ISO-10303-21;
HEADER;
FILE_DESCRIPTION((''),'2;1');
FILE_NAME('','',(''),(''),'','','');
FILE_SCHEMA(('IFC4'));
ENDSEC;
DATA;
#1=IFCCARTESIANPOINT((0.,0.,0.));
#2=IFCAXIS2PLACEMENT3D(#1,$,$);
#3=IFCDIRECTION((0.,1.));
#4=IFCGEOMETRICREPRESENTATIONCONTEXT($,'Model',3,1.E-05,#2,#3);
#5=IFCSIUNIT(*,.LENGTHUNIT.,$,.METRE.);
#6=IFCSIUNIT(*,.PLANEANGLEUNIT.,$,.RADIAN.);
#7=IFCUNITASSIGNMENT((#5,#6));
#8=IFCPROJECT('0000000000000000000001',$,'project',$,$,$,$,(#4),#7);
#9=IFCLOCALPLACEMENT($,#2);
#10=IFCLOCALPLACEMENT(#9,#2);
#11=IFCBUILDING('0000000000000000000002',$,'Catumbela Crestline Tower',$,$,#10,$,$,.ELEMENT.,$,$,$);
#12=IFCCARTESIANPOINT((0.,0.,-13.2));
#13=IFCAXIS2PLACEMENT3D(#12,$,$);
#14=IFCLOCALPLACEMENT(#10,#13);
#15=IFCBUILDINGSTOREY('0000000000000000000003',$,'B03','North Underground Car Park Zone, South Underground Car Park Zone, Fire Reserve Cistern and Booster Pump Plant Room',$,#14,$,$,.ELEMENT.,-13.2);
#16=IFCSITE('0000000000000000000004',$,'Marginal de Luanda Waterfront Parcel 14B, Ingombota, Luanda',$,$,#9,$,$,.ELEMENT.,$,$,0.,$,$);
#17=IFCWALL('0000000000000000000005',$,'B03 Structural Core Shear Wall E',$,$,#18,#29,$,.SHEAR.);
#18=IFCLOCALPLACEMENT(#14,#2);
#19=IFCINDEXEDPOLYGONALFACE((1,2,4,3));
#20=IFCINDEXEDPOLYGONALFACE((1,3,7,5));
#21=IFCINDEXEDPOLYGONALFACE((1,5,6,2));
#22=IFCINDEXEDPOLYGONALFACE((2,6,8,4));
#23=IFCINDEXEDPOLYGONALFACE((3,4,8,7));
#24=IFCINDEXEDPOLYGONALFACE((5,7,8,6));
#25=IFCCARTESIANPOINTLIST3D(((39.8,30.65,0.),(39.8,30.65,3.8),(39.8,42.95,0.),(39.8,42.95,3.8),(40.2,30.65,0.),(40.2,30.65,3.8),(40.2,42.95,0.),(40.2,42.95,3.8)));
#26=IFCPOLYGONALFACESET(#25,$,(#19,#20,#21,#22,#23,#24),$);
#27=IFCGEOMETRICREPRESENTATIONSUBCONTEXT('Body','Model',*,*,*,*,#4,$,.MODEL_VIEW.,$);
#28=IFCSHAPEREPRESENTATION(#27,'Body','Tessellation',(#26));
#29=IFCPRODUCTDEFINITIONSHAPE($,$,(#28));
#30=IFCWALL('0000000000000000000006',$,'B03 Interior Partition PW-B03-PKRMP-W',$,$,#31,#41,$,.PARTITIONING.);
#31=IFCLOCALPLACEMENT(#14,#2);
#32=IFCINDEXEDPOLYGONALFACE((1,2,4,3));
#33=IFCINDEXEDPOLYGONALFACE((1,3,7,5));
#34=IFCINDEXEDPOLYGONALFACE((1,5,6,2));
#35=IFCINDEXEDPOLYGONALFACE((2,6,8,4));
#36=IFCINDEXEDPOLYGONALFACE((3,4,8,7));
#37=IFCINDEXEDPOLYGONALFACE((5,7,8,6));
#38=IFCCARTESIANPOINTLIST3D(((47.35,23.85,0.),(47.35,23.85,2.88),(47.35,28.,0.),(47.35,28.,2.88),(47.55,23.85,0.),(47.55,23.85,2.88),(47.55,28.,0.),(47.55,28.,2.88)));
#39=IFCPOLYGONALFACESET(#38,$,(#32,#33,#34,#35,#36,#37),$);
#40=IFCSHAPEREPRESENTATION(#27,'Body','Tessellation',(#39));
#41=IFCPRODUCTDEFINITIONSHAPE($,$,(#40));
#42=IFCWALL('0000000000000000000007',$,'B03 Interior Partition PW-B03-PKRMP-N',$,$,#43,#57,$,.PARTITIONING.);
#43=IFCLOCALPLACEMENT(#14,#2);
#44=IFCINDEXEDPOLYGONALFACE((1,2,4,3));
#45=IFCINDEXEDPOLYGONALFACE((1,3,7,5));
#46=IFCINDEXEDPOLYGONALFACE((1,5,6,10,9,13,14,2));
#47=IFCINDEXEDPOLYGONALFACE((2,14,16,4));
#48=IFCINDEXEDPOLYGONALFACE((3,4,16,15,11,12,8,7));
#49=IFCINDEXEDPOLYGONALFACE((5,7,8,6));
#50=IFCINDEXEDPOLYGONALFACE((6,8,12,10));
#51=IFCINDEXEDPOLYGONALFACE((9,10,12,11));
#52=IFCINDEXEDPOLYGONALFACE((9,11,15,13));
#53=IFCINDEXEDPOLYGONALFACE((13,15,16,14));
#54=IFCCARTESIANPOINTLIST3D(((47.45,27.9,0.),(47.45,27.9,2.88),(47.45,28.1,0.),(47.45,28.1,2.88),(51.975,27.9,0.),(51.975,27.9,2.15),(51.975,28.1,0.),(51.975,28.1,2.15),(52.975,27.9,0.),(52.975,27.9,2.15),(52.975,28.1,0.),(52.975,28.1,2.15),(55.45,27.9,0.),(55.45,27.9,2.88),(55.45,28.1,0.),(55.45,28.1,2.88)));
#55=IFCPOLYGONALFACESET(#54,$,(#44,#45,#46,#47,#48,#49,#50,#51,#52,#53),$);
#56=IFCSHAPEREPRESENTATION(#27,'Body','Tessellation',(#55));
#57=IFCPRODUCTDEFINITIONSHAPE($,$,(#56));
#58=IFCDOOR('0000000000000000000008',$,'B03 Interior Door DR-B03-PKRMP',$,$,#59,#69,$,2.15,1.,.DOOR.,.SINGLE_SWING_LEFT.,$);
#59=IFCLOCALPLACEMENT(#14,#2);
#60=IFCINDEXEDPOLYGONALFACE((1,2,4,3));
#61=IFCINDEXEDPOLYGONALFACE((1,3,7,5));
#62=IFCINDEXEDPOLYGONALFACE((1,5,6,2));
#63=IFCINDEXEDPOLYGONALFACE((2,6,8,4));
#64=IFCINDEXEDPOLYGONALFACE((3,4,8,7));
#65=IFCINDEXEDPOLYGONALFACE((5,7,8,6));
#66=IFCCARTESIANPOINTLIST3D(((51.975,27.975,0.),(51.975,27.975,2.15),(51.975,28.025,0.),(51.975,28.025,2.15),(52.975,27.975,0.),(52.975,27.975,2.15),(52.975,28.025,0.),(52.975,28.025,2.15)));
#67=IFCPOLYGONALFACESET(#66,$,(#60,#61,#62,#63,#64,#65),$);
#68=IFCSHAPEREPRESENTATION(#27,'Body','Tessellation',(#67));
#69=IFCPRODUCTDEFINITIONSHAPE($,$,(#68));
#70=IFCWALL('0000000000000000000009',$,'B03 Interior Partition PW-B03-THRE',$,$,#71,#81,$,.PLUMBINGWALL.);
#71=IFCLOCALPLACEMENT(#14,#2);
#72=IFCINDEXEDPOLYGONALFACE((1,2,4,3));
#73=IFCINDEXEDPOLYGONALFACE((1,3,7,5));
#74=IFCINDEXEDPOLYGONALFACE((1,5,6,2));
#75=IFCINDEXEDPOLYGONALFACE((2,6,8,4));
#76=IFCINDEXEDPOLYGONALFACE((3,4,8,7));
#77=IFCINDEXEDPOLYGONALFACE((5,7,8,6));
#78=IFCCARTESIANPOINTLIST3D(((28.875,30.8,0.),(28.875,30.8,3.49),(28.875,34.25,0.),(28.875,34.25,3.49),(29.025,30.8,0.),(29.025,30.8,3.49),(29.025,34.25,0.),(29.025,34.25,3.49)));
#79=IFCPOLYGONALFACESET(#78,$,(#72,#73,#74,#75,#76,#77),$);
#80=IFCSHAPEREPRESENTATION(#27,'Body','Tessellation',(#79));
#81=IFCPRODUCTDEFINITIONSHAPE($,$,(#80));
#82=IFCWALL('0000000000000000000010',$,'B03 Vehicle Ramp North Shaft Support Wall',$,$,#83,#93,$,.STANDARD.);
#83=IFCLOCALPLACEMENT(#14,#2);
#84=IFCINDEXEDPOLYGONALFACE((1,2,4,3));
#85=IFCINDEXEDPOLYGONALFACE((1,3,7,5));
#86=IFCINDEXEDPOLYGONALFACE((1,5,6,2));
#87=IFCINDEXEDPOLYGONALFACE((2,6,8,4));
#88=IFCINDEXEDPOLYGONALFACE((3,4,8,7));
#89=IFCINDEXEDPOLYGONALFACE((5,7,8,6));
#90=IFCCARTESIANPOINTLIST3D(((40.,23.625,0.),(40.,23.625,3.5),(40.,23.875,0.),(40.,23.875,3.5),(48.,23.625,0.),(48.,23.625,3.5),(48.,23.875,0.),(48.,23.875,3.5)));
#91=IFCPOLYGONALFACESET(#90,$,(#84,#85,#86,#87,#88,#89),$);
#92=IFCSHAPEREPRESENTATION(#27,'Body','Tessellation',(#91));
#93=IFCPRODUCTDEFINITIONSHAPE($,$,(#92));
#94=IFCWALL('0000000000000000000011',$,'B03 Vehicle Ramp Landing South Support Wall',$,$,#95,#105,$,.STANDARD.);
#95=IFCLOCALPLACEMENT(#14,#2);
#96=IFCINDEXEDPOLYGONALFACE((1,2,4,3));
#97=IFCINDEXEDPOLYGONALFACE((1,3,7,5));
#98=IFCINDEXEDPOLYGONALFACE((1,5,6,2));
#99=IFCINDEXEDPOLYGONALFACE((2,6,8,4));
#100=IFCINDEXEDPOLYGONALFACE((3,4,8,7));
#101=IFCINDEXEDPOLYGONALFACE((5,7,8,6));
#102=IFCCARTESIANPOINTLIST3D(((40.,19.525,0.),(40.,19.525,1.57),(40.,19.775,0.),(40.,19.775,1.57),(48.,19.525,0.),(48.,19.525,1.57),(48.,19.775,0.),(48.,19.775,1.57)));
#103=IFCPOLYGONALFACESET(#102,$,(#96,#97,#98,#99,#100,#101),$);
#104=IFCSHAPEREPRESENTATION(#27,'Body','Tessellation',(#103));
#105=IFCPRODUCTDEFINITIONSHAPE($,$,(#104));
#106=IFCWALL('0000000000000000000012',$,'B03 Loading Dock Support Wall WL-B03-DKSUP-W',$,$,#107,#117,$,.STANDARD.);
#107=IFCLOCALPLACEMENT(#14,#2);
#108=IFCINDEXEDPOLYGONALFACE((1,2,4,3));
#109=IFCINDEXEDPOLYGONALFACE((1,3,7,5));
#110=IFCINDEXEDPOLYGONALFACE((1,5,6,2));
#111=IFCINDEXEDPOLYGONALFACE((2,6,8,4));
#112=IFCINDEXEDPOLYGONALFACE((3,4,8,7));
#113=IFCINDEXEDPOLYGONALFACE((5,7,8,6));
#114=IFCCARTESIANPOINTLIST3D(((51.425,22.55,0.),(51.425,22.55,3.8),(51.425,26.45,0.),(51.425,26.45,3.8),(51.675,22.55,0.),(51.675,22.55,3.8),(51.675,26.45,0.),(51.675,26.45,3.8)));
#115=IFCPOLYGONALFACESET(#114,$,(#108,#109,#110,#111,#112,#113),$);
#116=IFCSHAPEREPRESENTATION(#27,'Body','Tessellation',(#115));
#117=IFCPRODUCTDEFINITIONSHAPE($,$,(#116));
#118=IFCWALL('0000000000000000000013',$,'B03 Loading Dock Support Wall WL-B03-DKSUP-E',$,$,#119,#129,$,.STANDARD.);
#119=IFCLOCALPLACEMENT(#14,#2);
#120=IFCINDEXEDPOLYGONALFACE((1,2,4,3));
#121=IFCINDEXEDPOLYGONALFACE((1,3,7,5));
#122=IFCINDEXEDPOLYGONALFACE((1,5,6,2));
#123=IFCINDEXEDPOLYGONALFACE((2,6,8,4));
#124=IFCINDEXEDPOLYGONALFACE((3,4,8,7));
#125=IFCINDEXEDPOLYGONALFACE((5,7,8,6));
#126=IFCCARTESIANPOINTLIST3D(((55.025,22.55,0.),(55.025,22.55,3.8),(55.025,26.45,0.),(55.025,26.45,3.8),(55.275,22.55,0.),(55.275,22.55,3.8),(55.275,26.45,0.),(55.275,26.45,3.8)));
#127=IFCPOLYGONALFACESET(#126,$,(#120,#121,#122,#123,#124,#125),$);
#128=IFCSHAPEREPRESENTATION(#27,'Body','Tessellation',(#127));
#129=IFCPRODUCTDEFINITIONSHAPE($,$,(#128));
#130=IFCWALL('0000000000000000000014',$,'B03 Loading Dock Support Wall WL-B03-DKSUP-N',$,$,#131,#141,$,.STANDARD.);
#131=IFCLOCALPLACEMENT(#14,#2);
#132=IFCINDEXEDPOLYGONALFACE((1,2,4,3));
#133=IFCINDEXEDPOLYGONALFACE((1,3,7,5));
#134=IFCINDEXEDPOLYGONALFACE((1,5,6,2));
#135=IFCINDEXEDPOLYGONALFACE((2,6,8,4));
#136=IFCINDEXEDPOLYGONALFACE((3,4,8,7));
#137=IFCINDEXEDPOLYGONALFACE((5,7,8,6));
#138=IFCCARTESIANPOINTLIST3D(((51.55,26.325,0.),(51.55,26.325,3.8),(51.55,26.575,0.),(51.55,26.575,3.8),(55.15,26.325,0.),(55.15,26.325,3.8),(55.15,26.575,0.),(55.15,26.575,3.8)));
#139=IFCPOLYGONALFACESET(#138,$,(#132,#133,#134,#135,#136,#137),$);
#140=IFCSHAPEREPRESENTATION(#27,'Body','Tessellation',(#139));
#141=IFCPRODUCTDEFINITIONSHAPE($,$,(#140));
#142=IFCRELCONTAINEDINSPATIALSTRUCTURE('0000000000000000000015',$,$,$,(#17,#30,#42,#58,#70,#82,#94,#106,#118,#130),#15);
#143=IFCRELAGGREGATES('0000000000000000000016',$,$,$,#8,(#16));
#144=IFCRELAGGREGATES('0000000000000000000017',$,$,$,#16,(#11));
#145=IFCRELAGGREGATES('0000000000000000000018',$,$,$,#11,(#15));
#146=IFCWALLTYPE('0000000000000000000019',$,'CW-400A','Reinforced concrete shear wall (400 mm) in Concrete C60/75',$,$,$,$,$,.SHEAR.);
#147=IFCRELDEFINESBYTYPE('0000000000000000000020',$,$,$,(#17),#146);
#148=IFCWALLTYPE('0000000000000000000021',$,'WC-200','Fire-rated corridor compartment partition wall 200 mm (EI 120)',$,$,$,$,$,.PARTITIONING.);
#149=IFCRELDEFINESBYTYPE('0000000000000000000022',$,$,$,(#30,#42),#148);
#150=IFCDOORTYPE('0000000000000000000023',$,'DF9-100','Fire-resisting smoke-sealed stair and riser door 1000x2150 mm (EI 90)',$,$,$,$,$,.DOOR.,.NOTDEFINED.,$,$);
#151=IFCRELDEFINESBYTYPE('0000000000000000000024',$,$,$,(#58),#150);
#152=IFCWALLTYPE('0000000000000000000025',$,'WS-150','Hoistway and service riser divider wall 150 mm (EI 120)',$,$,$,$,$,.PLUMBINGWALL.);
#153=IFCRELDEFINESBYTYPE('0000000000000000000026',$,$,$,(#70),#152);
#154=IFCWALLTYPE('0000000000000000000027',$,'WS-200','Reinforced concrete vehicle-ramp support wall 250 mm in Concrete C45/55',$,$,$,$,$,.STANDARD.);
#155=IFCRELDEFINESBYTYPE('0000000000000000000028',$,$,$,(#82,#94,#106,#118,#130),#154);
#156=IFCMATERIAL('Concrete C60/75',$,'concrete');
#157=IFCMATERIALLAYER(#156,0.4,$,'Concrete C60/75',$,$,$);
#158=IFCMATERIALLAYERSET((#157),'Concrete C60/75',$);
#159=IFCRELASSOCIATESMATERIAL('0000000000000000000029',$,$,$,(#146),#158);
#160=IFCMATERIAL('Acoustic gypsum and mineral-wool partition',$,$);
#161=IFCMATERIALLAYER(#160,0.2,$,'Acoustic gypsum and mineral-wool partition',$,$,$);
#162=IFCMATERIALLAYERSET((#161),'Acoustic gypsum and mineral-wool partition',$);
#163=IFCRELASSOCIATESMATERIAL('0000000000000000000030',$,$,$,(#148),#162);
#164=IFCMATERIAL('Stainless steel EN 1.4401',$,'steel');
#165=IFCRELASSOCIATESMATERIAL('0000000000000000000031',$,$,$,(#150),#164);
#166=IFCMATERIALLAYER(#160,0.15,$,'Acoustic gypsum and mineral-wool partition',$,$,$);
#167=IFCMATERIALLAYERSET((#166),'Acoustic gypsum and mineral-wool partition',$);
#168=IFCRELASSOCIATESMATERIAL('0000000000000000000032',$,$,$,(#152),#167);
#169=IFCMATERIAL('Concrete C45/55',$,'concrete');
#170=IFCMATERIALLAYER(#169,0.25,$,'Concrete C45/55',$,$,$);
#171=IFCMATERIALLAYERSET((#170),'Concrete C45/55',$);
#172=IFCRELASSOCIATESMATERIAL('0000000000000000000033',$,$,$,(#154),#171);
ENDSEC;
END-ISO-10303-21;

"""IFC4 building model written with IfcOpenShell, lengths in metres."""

from ifc_helpers import new_model, si_unit, direction, frame, frame_2d, origin, place, context, subcontext, project, spatial, rectangle, extrude, material, layer, layer_set, type_object, element, fill, save


model = new_model("IFC4")

# Units and contexts
model_context = context("Model", 3, precision=1e-05, world=origin(), true_north=direction((0.0, 1.0)))
body_context = subcontext(model_context, "Body", "Model", "MODEL_VIEW")
ifc_project = project(units=[si_unit("LENGTHUNIT", "METRE"), si_unit("PLANEANGLEUNIT", "RADIAN")], contexts=[model_context])

# Site, building, storey
site_placement = place(None, origin())
site = spatial("IfcSite", under=ifc_project, at=site_placement, Name="Marginal de Luanda Waterfront Parcel 14B, Ingombota, Luanda", CompositionType="ELEMENT", RefElevation=0.0)
building_placement = place(site_placement, origin())
building = spatial("IfcBuilding", under=site, at=building_placement, Name="Catumbela Crestline Tower", CompositionType="ELEMENT")
storey_placement = place(building_placement, frame((0.0, 0.0, -13.2)))
storey = spatial("IfcBuildingStorey", under=building, at=storey_placement, Name="B03", Description="North Underground Car Park Zone, South Underground Car Park Zone, Fire Reserve Cistern and Booster Pump Plant Room", CompositionType="ELEMENT", Elevation=-13.2)

# Shared definitions
ifc_material_1 = material(Name="Concrete C60/75", Category="concrete")

# Walls
ifc_layer_1 = layer(ifc_material_1, 0.4, Name="Concrete C60/75")
ifc_layer_set_1 = layer_set([ifc_layer_1], Name="Concrete C60/75")
wall_type_1 = type_object("IfcWallType", Name="CW-400A", Description="Reinforced concrete shear wall (400 mm) in Concrete C60/75", PredefinedType="SHEAR", material=ifc_layer_set_1)
wall_1_placement = place(storey_placement, frame((40.0, 30.65, 0.0), z_axis=(0.0, 0.0, 1.0), x_axis=(0.0, 1.0, 0.0)))
element("IfcWall", 1, at=wall_1_placement, inside=storey, type_object=wall_type_1, Name="B03 Structural Core Shear Wall E", PredefinedType="SHEAR", context=body_context, shape_type="SweptSolid", body=[
    extrude(rectangle(XDim=12.3, YDim=0.4, at=frame_2d((6.15, 0.0))), origin(), (0.0, 0.0, 1.0), 3.8),
])
ifc_material_2 = material(Name="Acoustic gypsum and mineral-wool partition")
ifc_layer_2 = layer(ifc_material_2, 0.2, Name="Acoustic gypsum and mineral-wool partition")
ifc_layer_set_2 = layer_set([ifc_layer_2], Name="Acoustic gypsum and mineral-wool partition")
wall_type_2 = type_object("IfcWallType", Name="WC-200", Description="Fire-rated corridor compartment partition wall 200 mm (EI 120)", PredefinedType="PARTITIONING", material=ifc_layer_set_2)
wall_2_placement = place(storey_placement, frame((47.45, 23.85, 0.0), z_axis=(0.0, 0.0, 1.0), x_axis=(0.0, 1.0, 0.0)))
element("IfcWall", 2, at=wall_2_placement, inside=storey, type_object=wall_type_2, Name="B03 Interior Partition PW-B03-PKRMP-W", PredefinedType="PARTITIONING", context=body_context, shape_type="SweptSolid", body=[
    extrude(rectangle(XDim=4.15, YDim=0.2, at=frame_2d((2.075, 0.0))), origin(), (0.0, 0.0, 1.0), 2.88),
])

# Wall, opening, door
wall_3_placement = place(storey_placement, frame((47.45, 28.0, 0.0), z_axis=(0.0, 0.0, 1.0), x_axis=(1.0, 0.0, 0.0)))
wall_3 = element("IfcWall", 3, at=wall_3_placement, inside=storey, type_object=wall_type_2, Name="B03 Interior Partition PW-B03-PKRMP-N", PredefinedType="PARTITIONING", context=body_context, shape_type="SweptSolid", body=[
    extrude(rectangle(XDim=8.0, YDim=0.2, at=frame_2d((4.0, 0.0))), origin(), (0.0, 0.0, 1.0), 2.88),
])
opening_placement = place(wall_3_placement, frame((4.525, 0.0, 0.0)))
opening = element("IfcOpeningElement", 4, at=opening_placement, cuts=wall_3, PredefinedType="OPENING", context=body_context, shape_type="SweptSolid", body=[
    extrude(rectangle(XDim=1.0, YDim=2.15, at=frame_2d((0.5, 1.075))), frame((0.0, 0.11, 0.0), z_axis=(0.0, -1.0, 0.0), x_axis=(1.0, 0.0, 0.0)), (0.0, 0.0, 1.0), 0.22),
])
ifc_material_3 = material(Name="Stainless steel EN 1.4401", Category="steel")
door_type = type_object("IfcDoorType", Name="DF9-100", Description="Fire-resisting smoke-sealed stair and riser door 1000x2150 mm (EI 90)", OperationType="NOTDEFINED", PredefinedType="DOOR", material=ifc_material_3)
door_placement = place(opening_placement, origin())
door = element("IfcDoor", 5, at=door_placement, inside=storey, type_object=door_type, Name="B03 Interior Door DR-B03-PKRMP", OperationType="SINGLE_SWING_LEFT", OverallHeight=2.15, OverallWidth=1.0, PredefinedType="DOOR", context=body_context, shape_type="SweptSolid", body=[
    extrude(rectangle(XDim=1.0, YDim=2.15, at=frame_2d((0.5, 1.075))), frame((0.0, 0.025, 0.0), z_axis=(0.0, -1.0, 0.0), x_axis=(1.0, 0.0, 0.0)), (0.0, 0.0, 1.0), 0.05),
])
fill(opening, door)

# Walls
ifc_layer_3 = layer(ifc_material_2, 0.15, Name="Acoustic gypsum and mineral-wool partition")
ifc_layer_set_3 = layer_set([ifc_layer_3], Name="Acoustic gypsum and mineral-wool partition")
wall_type_3 = type_object("IfcWallType", Name="WS-150", Description="Hoistway and service riser divider wall 150 mm (EI 120)", PredefinedType="PLUMBINGWALL", material=ifc_layer_set_3)
wall_4_placement = place(storey_placement, frame((28.95, 30.8, 0.0), z_axis=(0.0, 0.0, 1.0), x_axis=(0.0, 1.0, 0.0)))
element("IfcWall", 6, at=wall_4_placement, inside=storey, type_object=wall_type_3, Name="B03 Interior Partition PW-B03-THRE", PredefinedType="PLUMBINGWALL", context=body_context, shape_type="SweptSolid", body=[
    extrude(rectangle(XDim=3.45, YDim=0.15, at=frame_2d((1.725, 0.0))), origin(), (0.0, 0.0, 1.0), 3.49),
])
ifc_material_4 = material(Name="Concrete C45/55", Category="concrete")
ifc_layer_4 = layer(ifc_material_4, 0.25, Name="Concrete C45/55")
ifc_layer_set_4 = layer_set([ifc_layer_4], Name="Concrete C45/55")
wall_type_4 = type_object("IfcWallType", Name="WS-200", Description="Reinforced concrete vehicle-ramp support wall 250 mm in Concrete C45/55", PredefinedType="STANDARD", material=ifc_layer_set_4)
wall_5_placement = place(storey_placement, frame((40.0, 23.75, 0.0), z_axis=(0.0, 0.0, 1.0), x_axis=(1.0, 0.0, 0.0)))
element("IfcWall", 7, at=wall_5_placement, inside=storey, type_object=wall_type_4, Name="B03 Vehicle Ramp North Shaft Support Wall", PredefinedType="STANDARD", context=body_context, shape_type="SweptSolid", body=[
    extrude(rectangle(XDim=8.0, YDim=0.25, at=frame_2d((4.0, 0.0))), origin(), (0.0, 0.0, 1.0), 3.5),
])
wall_6_placement = place(storey_placement, frame((40.0, 19.65, 0.0), z_axis=(0.0, 0.0, 1.0), x_axis=(1.0, 0.0, 0.0)))
element("IfcWall", 8, at=wall_6_placement, inside=storey, type_object=wall_type_4, Name="B03 Vehicle Ramp Landing South Support Wall", PredefinedType="STANDARD", context=body_context, shape_type="SweptSolid", body=[
    extrude(rectangle(XDim=8.0, YDim=0.25, at=frame_2d((4.0, 0.0))), origin(), (0.0, 0.0, 1.0), 1.57),
])
for number, where, z_axis, x_axis, name in (
    (9, (51.55, 22.55, 0.0), (0.0, 0.0, 1.0), (0.0, 1.0, 0.0), "B03 Loading Dock Support Wall WL-B03-DKSUP-W"),
    (10, (55.15, 22.55, 0.0), (0.0, 0.0, 1.0), (0.0, 1.0, 0.0), "B03 Loading Dock Support Wall WL-B03-DKSUP-E"),
):
    element("IfcWall", number, at=place(storey_placement, frame(where, z_axis=z_axis, x_axis=x_axis)), inside=storey, type_object=wall_type_4, Name=name, PredefinedType="STANDARD", context=body_context, shape_type="SweptSolid", body=[
        extrude(rectangle(XDim=3.9, YDim=0.25, at=frame_2d((1.95, 0.0))), origin(), (0.0, 0.0, 1.0), 3.8),
    ])
wall_7_placement = place(storey_placement, frame((51.55, 26.45, 0.0), z_axis=(0.0, 0.0, 1.0), x_axis=(1.0, 0.0, 0.0)))
element("IfcWall", 11, at=wall_7_placement, inside=storey, type_object=wall_type_4, Name="B03 Loading Dock Support Wall WL-B03-DKSUP-N", PredefinedType="STANDARD", context=body_context, shape_type="SweptSolid", body=[
    extrude(rectangle(XDim=3.6, YDim=0.25, at=frame_2d((1.8, 0.0))), origin(), (0.0, 0.0, 1.0), 3.8),
])

save(model, "model.ifc")
